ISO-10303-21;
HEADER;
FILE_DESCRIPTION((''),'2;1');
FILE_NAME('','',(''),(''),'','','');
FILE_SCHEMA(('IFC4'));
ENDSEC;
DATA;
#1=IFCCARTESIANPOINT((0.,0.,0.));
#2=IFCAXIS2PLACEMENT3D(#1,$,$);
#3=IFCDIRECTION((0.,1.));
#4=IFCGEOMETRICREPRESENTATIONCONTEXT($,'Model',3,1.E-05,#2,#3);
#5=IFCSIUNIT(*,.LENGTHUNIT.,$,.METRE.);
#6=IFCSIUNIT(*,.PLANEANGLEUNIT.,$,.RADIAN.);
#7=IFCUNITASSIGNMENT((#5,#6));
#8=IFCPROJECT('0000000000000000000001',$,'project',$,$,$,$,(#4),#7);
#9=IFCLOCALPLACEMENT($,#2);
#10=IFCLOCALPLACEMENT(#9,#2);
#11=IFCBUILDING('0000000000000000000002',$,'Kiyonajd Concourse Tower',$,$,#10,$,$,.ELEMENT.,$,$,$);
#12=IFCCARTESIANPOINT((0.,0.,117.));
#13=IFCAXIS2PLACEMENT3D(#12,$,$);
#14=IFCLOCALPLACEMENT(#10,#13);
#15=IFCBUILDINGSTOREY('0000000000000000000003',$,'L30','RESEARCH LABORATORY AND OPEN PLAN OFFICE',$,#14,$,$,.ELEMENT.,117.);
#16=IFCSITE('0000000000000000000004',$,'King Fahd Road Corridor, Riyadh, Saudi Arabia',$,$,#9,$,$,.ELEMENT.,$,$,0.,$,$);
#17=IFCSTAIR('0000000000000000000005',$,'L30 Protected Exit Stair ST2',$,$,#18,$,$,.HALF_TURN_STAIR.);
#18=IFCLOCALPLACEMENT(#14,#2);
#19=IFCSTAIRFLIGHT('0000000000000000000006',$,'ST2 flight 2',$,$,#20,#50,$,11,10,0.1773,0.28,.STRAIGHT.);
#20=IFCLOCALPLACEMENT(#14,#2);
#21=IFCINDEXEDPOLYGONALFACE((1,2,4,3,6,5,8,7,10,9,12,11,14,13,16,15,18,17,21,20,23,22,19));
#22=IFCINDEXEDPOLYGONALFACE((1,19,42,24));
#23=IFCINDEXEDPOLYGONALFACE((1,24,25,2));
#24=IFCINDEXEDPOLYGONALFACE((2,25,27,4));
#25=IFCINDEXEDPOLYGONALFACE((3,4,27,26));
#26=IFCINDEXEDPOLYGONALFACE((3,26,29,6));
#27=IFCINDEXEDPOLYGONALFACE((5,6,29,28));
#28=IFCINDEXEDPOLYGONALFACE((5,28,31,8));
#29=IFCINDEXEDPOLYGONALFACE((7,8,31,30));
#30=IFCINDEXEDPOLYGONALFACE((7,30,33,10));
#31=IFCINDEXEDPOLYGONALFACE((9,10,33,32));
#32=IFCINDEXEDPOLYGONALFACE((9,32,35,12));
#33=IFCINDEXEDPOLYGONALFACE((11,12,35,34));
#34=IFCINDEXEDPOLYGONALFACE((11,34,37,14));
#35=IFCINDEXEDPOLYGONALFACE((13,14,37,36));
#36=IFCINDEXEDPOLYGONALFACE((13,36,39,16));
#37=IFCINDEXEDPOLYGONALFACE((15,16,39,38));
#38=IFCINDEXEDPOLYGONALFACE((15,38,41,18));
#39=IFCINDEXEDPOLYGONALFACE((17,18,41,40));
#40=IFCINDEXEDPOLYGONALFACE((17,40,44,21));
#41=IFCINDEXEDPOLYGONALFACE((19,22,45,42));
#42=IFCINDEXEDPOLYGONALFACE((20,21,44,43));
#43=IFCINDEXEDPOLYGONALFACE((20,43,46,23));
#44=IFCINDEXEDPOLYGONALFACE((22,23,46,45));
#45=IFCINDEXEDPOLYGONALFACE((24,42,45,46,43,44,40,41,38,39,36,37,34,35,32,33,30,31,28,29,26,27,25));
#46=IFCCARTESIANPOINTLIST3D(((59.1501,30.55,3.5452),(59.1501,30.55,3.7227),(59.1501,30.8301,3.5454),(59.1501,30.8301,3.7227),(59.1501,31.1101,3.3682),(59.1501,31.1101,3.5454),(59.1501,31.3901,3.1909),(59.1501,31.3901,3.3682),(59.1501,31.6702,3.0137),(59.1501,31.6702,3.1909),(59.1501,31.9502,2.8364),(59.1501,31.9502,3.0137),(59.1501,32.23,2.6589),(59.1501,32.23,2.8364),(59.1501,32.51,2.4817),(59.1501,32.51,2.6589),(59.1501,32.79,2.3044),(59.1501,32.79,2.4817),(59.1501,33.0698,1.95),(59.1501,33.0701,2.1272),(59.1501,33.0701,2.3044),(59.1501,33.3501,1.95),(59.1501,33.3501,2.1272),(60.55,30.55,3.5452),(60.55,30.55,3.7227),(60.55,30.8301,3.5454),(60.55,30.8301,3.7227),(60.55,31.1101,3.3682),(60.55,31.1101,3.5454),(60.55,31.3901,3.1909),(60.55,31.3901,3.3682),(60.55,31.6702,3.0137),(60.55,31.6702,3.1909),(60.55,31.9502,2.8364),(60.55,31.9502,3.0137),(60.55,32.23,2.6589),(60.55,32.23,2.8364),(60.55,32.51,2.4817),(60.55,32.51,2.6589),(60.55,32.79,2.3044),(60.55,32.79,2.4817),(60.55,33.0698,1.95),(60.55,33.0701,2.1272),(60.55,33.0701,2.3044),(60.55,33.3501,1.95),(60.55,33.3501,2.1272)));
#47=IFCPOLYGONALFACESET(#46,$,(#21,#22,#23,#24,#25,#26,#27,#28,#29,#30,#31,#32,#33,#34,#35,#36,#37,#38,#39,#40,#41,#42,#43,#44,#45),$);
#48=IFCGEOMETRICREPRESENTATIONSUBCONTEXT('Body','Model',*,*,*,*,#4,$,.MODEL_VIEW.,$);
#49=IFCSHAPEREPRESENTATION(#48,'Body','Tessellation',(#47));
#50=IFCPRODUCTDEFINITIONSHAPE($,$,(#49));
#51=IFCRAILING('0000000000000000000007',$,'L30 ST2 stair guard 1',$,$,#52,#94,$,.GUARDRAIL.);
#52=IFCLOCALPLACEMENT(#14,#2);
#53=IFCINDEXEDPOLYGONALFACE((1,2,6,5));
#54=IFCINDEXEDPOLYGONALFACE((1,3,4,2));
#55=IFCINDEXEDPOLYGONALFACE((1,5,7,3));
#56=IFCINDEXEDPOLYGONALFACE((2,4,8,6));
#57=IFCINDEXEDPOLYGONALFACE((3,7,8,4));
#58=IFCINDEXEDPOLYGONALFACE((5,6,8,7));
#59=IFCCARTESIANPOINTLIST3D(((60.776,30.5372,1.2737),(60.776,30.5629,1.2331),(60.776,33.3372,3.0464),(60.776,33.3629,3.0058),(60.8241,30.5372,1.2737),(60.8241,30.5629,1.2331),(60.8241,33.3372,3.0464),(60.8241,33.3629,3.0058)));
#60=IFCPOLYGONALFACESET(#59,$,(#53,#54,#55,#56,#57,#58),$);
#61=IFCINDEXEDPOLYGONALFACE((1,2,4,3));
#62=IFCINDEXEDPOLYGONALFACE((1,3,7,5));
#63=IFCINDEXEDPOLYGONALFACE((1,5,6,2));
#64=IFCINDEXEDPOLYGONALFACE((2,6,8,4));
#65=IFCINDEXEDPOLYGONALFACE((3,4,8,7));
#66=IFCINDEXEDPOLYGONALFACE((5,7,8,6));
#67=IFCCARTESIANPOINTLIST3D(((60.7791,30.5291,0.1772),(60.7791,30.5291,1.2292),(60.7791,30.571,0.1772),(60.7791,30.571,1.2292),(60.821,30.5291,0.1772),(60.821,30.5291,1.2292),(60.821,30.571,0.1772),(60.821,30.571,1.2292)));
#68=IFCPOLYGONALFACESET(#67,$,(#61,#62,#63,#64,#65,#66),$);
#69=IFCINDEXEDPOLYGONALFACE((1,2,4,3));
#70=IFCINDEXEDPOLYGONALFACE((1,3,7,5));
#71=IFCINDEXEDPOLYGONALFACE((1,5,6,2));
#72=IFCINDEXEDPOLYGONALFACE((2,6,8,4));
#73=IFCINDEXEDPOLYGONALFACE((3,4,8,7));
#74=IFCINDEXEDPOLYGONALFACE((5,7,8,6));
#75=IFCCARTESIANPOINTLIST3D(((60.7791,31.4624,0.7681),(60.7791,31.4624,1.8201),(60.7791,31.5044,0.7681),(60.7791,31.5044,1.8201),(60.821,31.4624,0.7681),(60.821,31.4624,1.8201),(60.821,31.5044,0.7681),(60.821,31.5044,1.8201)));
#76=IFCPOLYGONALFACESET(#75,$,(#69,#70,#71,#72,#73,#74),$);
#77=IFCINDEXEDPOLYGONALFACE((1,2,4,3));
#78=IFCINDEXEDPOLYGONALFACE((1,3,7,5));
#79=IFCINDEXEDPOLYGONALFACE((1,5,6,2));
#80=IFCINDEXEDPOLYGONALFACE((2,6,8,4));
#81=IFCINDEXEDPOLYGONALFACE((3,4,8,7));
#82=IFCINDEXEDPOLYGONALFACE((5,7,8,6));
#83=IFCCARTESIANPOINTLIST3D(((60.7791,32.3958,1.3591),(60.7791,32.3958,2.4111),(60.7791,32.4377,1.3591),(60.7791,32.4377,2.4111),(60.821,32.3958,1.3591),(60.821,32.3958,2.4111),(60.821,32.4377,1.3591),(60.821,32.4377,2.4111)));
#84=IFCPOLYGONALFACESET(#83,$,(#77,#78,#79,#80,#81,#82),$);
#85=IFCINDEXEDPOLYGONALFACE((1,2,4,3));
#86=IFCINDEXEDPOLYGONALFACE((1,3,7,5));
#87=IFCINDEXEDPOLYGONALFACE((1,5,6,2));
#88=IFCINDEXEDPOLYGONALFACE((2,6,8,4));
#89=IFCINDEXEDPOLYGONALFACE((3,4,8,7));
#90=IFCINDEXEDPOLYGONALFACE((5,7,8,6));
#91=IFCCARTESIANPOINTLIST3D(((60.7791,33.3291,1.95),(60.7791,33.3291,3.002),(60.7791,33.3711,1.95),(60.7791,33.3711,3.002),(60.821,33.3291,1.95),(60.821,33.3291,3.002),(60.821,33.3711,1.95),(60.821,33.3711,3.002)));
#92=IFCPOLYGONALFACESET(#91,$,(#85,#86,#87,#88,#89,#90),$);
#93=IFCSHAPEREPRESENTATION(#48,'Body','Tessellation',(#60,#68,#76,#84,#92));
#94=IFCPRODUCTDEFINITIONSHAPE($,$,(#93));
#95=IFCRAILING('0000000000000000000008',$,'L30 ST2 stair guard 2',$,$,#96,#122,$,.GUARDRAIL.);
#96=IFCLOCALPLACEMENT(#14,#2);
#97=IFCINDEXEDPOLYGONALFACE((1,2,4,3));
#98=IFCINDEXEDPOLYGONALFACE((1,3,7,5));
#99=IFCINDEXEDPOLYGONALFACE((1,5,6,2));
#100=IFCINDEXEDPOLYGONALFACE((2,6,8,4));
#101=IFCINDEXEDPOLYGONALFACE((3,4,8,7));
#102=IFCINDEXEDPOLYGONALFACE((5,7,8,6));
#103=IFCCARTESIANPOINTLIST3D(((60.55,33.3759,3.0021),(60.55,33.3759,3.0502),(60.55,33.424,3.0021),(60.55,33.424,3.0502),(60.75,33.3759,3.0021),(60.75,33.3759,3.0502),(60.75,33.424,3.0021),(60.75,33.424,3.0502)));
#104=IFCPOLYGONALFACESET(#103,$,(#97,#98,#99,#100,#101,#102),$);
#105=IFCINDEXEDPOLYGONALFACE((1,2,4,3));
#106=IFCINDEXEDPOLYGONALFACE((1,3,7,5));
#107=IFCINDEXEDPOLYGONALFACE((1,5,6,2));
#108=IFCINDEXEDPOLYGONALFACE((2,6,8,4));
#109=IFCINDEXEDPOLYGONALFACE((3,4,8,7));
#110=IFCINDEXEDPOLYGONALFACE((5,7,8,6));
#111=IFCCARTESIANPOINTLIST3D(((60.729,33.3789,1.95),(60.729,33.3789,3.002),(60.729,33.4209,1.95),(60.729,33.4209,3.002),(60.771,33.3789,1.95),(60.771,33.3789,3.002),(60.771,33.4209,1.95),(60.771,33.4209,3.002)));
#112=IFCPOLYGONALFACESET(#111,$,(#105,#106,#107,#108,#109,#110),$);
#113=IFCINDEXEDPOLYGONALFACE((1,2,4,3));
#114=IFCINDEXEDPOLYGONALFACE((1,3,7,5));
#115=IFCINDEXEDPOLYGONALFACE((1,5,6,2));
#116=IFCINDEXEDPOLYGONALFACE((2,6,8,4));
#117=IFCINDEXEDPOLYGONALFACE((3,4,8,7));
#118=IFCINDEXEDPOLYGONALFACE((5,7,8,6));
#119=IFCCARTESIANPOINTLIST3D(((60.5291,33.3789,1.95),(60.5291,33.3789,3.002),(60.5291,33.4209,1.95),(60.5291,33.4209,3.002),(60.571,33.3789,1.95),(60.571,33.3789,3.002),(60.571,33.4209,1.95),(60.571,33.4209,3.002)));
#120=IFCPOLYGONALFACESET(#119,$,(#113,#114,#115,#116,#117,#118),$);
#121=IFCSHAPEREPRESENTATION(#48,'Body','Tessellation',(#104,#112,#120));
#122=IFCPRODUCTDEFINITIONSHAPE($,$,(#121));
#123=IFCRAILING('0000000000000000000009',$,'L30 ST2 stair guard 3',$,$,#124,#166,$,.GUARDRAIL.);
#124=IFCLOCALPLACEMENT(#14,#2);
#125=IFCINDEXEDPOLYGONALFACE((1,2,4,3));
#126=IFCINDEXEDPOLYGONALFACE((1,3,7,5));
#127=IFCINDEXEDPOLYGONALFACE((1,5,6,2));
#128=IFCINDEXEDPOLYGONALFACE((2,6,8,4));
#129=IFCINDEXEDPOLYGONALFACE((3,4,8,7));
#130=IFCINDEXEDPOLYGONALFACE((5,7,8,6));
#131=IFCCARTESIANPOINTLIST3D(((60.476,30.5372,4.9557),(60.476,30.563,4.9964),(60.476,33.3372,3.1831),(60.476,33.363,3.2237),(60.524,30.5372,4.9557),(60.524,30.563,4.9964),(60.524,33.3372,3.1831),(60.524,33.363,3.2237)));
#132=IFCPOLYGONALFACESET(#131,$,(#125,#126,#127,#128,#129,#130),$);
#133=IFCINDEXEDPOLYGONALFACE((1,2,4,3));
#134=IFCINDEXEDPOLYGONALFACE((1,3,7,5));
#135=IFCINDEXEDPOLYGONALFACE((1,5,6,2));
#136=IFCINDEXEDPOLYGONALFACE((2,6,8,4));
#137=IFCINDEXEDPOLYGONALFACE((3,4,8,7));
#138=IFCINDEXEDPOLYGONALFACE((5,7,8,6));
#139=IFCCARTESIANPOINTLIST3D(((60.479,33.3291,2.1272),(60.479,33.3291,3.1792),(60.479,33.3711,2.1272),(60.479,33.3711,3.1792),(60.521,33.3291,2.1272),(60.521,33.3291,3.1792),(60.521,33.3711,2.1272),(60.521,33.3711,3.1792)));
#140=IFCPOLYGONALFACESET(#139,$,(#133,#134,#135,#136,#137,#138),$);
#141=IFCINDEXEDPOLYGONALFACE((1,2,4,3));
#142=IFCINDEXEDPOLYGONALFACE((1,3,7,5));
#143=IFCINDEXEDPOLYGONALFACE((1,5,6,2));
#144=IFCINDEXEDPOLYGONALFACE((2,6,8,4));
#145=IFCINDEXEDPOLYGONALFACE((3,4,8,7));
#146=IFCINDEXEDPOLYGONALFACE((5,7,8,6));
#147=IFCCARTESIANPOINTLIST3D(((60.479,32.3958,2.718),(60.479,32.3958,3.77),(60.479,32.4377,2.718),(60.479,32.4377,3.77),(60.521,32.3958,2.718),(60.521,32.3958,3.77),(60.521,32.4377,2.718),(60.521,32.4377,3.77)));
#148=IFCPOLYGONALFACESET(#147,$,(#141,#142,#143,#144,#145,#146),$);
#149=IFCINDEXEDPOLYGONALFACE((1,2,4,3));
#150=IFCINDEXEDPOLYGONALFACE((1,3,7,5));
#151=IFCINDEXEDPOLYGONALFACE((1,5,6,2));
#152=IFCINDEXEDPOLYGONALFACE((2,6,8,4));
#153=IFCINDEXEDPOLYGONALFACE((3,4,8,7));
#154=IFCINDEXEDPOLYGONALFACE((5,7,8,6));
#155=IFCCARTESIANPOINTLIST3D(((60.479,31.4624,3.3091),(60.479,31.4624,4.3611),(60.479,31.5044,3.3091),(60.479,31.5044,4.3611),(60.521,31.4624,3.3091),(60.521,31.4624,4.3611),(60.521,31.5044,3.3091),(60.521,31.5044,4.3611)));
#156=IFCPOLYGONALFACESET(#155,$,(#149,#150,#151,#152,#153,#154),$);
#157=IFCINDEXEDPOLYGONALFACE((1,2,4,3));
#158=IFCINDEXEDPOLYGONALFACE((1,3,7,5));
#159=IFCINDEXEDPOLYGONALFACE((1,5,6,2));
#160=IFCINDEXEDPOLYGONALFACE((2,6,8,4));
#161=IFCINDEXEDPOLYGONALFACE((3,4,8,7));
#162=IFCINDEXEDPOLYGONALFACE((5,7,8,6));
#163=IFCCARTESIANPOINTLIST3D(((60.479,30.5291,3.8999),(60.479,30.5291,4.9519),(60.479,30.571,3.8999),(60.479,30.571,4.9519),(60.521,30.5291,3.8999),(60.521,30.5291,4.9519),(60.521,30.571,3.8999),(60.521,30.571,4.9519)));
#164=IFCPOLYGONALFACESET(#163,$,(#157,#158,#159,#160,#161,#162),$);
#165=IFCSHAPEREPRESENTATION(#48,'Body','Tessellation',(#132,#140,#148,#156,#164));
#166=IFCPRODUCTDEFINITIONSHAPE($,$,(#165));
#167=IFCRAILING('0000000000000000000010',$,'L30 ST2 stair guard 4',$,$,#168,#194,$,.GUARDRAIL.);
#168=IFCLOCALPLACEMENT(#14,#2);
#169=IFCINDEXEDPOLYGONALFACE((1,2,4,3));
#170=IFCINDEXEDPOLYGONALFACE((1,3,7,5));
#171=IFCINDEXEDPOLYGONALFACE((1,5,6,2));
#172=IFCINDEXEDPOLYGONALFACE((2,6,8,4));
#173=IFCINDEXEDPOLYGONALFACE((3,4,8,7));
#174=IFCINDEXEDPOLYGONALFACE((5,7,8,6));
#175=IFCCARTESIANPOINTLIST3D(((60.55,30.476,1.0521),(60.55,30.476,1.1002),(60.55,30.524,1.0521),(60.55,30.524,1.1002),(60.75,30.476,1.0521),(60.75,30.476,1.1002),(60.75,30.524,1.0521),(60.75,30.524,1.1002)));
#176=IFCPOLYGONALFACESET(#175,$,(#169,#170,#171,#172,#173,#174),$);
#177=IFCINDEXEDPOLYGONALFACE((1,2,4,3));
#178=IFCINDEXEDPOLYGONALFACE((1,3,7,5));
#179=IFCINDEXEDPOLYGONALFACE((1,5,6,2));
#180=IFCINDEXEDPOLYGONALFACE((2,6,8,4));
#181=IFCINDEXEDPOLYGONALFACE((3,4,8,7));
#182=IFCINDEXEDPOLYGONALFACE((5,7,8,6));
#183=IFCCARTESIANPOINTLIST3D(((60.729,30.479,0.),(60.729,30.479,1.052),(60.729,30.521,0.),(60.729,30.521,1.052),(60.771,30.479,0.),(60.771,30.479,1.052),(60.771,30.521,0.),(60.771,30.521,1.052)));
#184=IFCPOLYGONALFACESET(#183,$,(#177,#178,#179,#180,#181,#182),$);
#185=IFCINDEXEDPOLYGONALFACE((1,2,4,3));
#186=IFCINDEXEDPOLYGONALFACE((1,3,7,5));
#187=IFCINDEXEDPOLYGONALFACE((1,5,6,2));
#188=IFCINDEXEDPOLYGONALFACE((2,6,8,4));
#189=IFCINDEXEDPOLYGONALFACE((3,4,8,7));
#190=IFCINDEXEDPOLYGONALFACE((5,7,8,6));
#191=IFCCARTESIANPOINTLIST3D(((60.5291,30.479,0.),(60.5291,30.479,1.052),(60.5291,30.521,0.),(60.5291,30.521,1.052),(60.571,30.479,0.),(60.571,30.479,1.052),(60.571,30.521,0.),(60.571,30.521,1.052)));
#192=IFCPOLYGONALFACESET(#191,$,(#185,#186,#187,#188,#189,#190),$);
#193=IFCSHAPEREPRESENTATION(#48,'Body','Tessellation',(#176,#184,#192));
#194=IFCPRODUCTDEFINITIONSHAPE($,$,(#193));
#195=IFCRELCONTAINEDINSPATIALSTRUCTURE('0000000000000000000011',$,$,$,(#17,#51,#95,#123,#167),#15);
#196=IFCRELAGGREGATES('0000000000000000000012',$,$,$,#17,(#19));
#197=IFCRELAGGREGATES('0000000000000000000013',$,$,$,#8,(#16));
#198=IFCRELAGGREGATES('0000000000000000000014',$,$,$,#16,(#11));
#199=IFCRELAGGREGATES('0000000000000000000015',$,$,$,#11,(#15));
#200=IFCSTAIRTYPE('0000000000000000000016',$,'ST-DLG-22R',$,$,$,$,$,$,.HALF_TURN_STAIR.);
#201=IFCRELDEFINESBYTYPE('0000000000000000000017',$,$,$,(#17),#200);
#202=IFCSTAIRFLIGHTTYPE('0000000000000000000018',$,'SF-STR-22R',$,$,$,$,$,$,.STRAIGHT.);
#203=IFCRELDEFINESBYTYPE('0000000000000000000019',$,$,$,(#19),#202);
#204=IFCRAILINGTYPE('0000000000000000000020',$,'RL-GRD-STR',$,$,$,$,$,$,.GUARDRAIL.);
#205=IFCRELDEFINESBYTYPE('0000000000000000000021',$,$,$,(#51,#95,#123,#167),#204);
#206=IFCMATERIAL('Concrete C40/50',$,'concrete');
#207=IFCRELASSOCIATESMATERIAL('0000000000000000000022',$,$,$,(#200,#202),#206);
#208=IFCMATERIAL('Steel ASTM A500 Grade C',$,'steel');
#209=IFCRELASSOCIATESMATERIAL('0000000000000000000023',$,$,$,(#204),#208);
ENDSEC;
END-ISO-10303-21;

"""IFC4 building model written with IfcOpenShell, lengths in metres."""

from ifc_helpers import new_model, si_unit, direction, frame, origin, origin_2d, place, context, subcontext, project, spatial, polyline, rectangle, outline, extrude, material, type_object, element, aggregate, save


model = new_model("IFC4")

# Units and contexts
model_context = context("Model", 3, precision=1e-05, world=origin(), true_north=direction((0.0, 1.0)))
body_context = subcontext(model_context, "Body", "Model", "MODEL_VIEW")
ifc_project = project(units=[si_unit("LENGTHUNIT", "METRE"), si_unit("PLANEANGLEUNIT", "RADIAN")], contexts=[model_context])

# Site, building, storey
site_placement = place(None, origin())
site = spatial("IfcSite", under=ifc_project, at=site_placement, Name="King Fahd Road Corridor, Riyadh, Saudi Arabia", CompositionType="ELEMENT", RefElevation=0.0)
building_placement = place(site_placement, origin())
building = spatial("IfcBuilding", under=site, at=building_placement, Name="Kiyonajd Concourse Tower", CompositionType="ELEMENT")
storey_placement = place(building_placement, frame((0.0, 0.0, 117.0)))
storey = spatial("IfcBuildingStorey", under=building, at=storey_placement, Name="L30", Description="RESEARCH LABORATORY AND OPEN PLAN OFFICE", CompositionType="ELEMENT", Elevation=117.0)

# Stair, stair flight
ifc_material_1 = material(Name="Concrete C40/50", Category="concrete")
stair_type = type_object("IfcStairType", Name="ST-DLG-22R", PredefinedType="HALF_TURN_STAIR", material=ifc_material_1)
stair_placement = place(storey_placement, origin())
stair = element("IfcStair", 1, at=stair_placement, inside=storey, type_object=stair_type, Name="L30 Protected Exit Stair ST2", PredefinedType="HALF_TURN_STAIR")
stair_flight_type = type_object("IfcStairFlightType", Name="SF-STR-22R", PredefinedType="STRAIGHT", material=ifc_material_1)
stair_flight_1_placement = place(storey_placement, frame((59.8501, 33.3501, 1.95), z_axis=(0.0, 0.0, 1.0), x_axis=(0.0, -1.0, 0.0)))
stair_flight_1 = element("IfcStairFlight", 2, at=stair_flight_1_placement, type_object=stair_flight_type, Name="ST2 flight 2", NumberOfRisers=11, NumberOfTreads=10, PredefinedType="STRAIGHT", RiserHeight=0.1773, TreadLength=0.28, context=body_context, shape_type="SweptSolid", body=[
    extrude(outline(polyline([(0.0, 0.0), (0.0, 0.1772), (0.28, 0.1772), (0.28, 0.3545), (0.5601, 0.3545), (0.5601, 0.5317), (0.8401, 0.5317), (0.8401, 0.709), (1.1201, 0.709), (1.1201, 0.8865), (1.3999, 0.8865), (1.3999, 1.0637), (1.6799, 1.0637), (1.6799, 1.241), (1.96, 1.241), (1.96, 1.4182), (2.24, 1.4182), (2.24, 1.5955), (2.52, 1.5955), (2.52, 1.7727), (2.8, 1.7727), (2.8, 1.95), (2.8, 1.5952), (0.2803, 0.0), (0.0, 0.0)])), frame((0.0, 0.7, 0.0), z_axis=(0.0, -1.0, 0.0), x_axis=(1.0, 0.0, 0.0)), (0.0, 0.0, 1.0), 1.3999),
])
aggregate(stair, [stair_flight_1])

# Railings
ifc_material_2 = material(Name="Steel ASTM A500 Grade C", Category="steel")
railing_type_1 = type_object("IfcRailingType", Name="RL-GRD-STR", PredefinedType="GUARDRAIL", material=ifc_material_2)
railing_1_placement = place(storey_placement, frame((60.8, 30.55, 0.1772)))
element("IfcRailing", 3, at=railing_1_placement, inside=storey, type_object=railing_type_1, Name="L30 ST2 stair guard 1", PredefinedType="GUARDRAIL", context=body_context, shape_type="SweptSolid", body=[
    extrude(rectangle(XDim=0.0481, YDim=0.0481, at=origin_2d()), frame((0.0, 0.0, 1.0762), z_axis=(0.0, 0.844909, 0.53491), x_axis=(-1.0, 0.0, 0.0)), (0.0, 0.0, 1.0), 3.314),
    extrude(rectangle(XDim=0.042, YDim=0.042, at=origin_2d()), origin(), (0.0, 0.0, 1.0), 1.052),
    extrude(rectangle(XDim=0.042, YDim=0.042, at=origin_2d()), frame((0.0, 0.9333, 0.5908)), (0.0, 0.0, 1.0), 1.052),
    extrude(rectangle(XDim=0.042, YDim=0.042, at=origin_2d()), frame((0.0, 1.8667, 1.1819)), (0.0, 0.0, 1.0), 1.052),
    extrude(rectangle(XDim=0.042, YDim=0.042, at=origin_2d()), frame((0.0, 2.8, 1.7727)), (0.0, 0.0, 1.0), 1.052),
])
railing_2_placement = place(storey_placement, frame((60.75, 33.3999, 1.95)))
element("IfcRailing", 4, at=railing_2_placement, inside=storey, type_object=railing_type_1, Name="L30 ST2 stair guard 2", PredefinedType="GUARDRAIL", context=body_context, shape_type="SweptSolid", body=[
    extrude(rectangle(XDim=0.0481, YDim=0.0481, at=origin_2d()), frame((0.0, 0.0, 1.0762), z_axis=(-1.0, 0.0, 0.0), x_axis=(0.0, -1.0, 0.0)), (0.0, 0.0, 1.0), 0.2),
    extrude(rectangle(XDim=0.042, YDim=0.042, at=origin_2d()), origin(), (0.0, 0.0, 1.0), 1.052),
    extrude(rectangle(XDim=0.042, YDim=0.042, at=origin_2d()), frame((-0.2, 0.0, 0.0)), (0.0, 0.0, 1.0), 1.052),
])
railing_3_placement = place(storey_placement, frame((60.5, 33.3501, 2.1272)))
element("IfcRailing", 5, at=railing_3_placement, inside=storey, type_object=railing_type_1, Name="L30 ST2 stair guard 3", PredefinedType="GUARDRAIL", context=body_context, shape_type="SweptSolid", body=[
    extrude(rectangle(XDim=0.0481, YDim=0.0481, at=origin_2d()), frame((0.0, 0.0, 1.0762), z_axis=(0.0, -0.844909, 0.53491), x_axis=(1.0, 0.0, 0.0)), (0.0, 0.0, 1.0), 3.314),
    extrude(rectangle(XDim=0.042, YDim=0.042, at=origin_2d()), origin(), (0.0, 0.0, 1.0), 1.052),
    extrude(rectangle(XDim=0.042, YDim=0.042, at=origin_2d()), frame((0.0, -0.9333, 0.5908)), (0.0, 0.0, 1.0), 1.052),
    extrude(rectangle(XDim=0.042, YDim=0.042, at=origin_2d()), frame((0.0, -1.8667, 1.1819)), (0.0, 0.0, 1.0), 1.052),
    extrude(rectangle(XDim=0.042, YDim=0.042, at=origin_2d()), frame((0.0, -2.8, 1.7727)), (0.0, 0.0, 1.0), 1.052),
])
railing_4_placement = place(storey_placement, frame((60.75, 30.5, 0.0)))
element("IfcRailing", 6, at=railing_4_placement, inside=storey, type_object=railing_type_1, Name="L30 ST2 stair guard 4", PredefinedType="GUARDRAIL", context=body_context, shape_type="SweptSolid", body=[
    extrude(rectangle(XDim=0.0481, YDim=0.0481, at=origin_2d()), frame((0.0, 0.0, 1.0762), z_axis=(-1.0, 0.0, 0.0), x_axis=(0.0, -1.0, 0.0)), (0.0, 0.0, 1.0), 0.2),
    extrude(rectangle(XDim=0.042, YDim=0.042, at=origin_2d()), origin(), (0.0, 0.0, 1.0), 1.052),
    extrude(rectangle(XDim=0.042, YDim=0.042, at=origin_2d()), frame((-0.2, 0.0, 0.0)), (0.0, 0.0, 1.0), 1.052),
])

save(model, "model.ifc")
